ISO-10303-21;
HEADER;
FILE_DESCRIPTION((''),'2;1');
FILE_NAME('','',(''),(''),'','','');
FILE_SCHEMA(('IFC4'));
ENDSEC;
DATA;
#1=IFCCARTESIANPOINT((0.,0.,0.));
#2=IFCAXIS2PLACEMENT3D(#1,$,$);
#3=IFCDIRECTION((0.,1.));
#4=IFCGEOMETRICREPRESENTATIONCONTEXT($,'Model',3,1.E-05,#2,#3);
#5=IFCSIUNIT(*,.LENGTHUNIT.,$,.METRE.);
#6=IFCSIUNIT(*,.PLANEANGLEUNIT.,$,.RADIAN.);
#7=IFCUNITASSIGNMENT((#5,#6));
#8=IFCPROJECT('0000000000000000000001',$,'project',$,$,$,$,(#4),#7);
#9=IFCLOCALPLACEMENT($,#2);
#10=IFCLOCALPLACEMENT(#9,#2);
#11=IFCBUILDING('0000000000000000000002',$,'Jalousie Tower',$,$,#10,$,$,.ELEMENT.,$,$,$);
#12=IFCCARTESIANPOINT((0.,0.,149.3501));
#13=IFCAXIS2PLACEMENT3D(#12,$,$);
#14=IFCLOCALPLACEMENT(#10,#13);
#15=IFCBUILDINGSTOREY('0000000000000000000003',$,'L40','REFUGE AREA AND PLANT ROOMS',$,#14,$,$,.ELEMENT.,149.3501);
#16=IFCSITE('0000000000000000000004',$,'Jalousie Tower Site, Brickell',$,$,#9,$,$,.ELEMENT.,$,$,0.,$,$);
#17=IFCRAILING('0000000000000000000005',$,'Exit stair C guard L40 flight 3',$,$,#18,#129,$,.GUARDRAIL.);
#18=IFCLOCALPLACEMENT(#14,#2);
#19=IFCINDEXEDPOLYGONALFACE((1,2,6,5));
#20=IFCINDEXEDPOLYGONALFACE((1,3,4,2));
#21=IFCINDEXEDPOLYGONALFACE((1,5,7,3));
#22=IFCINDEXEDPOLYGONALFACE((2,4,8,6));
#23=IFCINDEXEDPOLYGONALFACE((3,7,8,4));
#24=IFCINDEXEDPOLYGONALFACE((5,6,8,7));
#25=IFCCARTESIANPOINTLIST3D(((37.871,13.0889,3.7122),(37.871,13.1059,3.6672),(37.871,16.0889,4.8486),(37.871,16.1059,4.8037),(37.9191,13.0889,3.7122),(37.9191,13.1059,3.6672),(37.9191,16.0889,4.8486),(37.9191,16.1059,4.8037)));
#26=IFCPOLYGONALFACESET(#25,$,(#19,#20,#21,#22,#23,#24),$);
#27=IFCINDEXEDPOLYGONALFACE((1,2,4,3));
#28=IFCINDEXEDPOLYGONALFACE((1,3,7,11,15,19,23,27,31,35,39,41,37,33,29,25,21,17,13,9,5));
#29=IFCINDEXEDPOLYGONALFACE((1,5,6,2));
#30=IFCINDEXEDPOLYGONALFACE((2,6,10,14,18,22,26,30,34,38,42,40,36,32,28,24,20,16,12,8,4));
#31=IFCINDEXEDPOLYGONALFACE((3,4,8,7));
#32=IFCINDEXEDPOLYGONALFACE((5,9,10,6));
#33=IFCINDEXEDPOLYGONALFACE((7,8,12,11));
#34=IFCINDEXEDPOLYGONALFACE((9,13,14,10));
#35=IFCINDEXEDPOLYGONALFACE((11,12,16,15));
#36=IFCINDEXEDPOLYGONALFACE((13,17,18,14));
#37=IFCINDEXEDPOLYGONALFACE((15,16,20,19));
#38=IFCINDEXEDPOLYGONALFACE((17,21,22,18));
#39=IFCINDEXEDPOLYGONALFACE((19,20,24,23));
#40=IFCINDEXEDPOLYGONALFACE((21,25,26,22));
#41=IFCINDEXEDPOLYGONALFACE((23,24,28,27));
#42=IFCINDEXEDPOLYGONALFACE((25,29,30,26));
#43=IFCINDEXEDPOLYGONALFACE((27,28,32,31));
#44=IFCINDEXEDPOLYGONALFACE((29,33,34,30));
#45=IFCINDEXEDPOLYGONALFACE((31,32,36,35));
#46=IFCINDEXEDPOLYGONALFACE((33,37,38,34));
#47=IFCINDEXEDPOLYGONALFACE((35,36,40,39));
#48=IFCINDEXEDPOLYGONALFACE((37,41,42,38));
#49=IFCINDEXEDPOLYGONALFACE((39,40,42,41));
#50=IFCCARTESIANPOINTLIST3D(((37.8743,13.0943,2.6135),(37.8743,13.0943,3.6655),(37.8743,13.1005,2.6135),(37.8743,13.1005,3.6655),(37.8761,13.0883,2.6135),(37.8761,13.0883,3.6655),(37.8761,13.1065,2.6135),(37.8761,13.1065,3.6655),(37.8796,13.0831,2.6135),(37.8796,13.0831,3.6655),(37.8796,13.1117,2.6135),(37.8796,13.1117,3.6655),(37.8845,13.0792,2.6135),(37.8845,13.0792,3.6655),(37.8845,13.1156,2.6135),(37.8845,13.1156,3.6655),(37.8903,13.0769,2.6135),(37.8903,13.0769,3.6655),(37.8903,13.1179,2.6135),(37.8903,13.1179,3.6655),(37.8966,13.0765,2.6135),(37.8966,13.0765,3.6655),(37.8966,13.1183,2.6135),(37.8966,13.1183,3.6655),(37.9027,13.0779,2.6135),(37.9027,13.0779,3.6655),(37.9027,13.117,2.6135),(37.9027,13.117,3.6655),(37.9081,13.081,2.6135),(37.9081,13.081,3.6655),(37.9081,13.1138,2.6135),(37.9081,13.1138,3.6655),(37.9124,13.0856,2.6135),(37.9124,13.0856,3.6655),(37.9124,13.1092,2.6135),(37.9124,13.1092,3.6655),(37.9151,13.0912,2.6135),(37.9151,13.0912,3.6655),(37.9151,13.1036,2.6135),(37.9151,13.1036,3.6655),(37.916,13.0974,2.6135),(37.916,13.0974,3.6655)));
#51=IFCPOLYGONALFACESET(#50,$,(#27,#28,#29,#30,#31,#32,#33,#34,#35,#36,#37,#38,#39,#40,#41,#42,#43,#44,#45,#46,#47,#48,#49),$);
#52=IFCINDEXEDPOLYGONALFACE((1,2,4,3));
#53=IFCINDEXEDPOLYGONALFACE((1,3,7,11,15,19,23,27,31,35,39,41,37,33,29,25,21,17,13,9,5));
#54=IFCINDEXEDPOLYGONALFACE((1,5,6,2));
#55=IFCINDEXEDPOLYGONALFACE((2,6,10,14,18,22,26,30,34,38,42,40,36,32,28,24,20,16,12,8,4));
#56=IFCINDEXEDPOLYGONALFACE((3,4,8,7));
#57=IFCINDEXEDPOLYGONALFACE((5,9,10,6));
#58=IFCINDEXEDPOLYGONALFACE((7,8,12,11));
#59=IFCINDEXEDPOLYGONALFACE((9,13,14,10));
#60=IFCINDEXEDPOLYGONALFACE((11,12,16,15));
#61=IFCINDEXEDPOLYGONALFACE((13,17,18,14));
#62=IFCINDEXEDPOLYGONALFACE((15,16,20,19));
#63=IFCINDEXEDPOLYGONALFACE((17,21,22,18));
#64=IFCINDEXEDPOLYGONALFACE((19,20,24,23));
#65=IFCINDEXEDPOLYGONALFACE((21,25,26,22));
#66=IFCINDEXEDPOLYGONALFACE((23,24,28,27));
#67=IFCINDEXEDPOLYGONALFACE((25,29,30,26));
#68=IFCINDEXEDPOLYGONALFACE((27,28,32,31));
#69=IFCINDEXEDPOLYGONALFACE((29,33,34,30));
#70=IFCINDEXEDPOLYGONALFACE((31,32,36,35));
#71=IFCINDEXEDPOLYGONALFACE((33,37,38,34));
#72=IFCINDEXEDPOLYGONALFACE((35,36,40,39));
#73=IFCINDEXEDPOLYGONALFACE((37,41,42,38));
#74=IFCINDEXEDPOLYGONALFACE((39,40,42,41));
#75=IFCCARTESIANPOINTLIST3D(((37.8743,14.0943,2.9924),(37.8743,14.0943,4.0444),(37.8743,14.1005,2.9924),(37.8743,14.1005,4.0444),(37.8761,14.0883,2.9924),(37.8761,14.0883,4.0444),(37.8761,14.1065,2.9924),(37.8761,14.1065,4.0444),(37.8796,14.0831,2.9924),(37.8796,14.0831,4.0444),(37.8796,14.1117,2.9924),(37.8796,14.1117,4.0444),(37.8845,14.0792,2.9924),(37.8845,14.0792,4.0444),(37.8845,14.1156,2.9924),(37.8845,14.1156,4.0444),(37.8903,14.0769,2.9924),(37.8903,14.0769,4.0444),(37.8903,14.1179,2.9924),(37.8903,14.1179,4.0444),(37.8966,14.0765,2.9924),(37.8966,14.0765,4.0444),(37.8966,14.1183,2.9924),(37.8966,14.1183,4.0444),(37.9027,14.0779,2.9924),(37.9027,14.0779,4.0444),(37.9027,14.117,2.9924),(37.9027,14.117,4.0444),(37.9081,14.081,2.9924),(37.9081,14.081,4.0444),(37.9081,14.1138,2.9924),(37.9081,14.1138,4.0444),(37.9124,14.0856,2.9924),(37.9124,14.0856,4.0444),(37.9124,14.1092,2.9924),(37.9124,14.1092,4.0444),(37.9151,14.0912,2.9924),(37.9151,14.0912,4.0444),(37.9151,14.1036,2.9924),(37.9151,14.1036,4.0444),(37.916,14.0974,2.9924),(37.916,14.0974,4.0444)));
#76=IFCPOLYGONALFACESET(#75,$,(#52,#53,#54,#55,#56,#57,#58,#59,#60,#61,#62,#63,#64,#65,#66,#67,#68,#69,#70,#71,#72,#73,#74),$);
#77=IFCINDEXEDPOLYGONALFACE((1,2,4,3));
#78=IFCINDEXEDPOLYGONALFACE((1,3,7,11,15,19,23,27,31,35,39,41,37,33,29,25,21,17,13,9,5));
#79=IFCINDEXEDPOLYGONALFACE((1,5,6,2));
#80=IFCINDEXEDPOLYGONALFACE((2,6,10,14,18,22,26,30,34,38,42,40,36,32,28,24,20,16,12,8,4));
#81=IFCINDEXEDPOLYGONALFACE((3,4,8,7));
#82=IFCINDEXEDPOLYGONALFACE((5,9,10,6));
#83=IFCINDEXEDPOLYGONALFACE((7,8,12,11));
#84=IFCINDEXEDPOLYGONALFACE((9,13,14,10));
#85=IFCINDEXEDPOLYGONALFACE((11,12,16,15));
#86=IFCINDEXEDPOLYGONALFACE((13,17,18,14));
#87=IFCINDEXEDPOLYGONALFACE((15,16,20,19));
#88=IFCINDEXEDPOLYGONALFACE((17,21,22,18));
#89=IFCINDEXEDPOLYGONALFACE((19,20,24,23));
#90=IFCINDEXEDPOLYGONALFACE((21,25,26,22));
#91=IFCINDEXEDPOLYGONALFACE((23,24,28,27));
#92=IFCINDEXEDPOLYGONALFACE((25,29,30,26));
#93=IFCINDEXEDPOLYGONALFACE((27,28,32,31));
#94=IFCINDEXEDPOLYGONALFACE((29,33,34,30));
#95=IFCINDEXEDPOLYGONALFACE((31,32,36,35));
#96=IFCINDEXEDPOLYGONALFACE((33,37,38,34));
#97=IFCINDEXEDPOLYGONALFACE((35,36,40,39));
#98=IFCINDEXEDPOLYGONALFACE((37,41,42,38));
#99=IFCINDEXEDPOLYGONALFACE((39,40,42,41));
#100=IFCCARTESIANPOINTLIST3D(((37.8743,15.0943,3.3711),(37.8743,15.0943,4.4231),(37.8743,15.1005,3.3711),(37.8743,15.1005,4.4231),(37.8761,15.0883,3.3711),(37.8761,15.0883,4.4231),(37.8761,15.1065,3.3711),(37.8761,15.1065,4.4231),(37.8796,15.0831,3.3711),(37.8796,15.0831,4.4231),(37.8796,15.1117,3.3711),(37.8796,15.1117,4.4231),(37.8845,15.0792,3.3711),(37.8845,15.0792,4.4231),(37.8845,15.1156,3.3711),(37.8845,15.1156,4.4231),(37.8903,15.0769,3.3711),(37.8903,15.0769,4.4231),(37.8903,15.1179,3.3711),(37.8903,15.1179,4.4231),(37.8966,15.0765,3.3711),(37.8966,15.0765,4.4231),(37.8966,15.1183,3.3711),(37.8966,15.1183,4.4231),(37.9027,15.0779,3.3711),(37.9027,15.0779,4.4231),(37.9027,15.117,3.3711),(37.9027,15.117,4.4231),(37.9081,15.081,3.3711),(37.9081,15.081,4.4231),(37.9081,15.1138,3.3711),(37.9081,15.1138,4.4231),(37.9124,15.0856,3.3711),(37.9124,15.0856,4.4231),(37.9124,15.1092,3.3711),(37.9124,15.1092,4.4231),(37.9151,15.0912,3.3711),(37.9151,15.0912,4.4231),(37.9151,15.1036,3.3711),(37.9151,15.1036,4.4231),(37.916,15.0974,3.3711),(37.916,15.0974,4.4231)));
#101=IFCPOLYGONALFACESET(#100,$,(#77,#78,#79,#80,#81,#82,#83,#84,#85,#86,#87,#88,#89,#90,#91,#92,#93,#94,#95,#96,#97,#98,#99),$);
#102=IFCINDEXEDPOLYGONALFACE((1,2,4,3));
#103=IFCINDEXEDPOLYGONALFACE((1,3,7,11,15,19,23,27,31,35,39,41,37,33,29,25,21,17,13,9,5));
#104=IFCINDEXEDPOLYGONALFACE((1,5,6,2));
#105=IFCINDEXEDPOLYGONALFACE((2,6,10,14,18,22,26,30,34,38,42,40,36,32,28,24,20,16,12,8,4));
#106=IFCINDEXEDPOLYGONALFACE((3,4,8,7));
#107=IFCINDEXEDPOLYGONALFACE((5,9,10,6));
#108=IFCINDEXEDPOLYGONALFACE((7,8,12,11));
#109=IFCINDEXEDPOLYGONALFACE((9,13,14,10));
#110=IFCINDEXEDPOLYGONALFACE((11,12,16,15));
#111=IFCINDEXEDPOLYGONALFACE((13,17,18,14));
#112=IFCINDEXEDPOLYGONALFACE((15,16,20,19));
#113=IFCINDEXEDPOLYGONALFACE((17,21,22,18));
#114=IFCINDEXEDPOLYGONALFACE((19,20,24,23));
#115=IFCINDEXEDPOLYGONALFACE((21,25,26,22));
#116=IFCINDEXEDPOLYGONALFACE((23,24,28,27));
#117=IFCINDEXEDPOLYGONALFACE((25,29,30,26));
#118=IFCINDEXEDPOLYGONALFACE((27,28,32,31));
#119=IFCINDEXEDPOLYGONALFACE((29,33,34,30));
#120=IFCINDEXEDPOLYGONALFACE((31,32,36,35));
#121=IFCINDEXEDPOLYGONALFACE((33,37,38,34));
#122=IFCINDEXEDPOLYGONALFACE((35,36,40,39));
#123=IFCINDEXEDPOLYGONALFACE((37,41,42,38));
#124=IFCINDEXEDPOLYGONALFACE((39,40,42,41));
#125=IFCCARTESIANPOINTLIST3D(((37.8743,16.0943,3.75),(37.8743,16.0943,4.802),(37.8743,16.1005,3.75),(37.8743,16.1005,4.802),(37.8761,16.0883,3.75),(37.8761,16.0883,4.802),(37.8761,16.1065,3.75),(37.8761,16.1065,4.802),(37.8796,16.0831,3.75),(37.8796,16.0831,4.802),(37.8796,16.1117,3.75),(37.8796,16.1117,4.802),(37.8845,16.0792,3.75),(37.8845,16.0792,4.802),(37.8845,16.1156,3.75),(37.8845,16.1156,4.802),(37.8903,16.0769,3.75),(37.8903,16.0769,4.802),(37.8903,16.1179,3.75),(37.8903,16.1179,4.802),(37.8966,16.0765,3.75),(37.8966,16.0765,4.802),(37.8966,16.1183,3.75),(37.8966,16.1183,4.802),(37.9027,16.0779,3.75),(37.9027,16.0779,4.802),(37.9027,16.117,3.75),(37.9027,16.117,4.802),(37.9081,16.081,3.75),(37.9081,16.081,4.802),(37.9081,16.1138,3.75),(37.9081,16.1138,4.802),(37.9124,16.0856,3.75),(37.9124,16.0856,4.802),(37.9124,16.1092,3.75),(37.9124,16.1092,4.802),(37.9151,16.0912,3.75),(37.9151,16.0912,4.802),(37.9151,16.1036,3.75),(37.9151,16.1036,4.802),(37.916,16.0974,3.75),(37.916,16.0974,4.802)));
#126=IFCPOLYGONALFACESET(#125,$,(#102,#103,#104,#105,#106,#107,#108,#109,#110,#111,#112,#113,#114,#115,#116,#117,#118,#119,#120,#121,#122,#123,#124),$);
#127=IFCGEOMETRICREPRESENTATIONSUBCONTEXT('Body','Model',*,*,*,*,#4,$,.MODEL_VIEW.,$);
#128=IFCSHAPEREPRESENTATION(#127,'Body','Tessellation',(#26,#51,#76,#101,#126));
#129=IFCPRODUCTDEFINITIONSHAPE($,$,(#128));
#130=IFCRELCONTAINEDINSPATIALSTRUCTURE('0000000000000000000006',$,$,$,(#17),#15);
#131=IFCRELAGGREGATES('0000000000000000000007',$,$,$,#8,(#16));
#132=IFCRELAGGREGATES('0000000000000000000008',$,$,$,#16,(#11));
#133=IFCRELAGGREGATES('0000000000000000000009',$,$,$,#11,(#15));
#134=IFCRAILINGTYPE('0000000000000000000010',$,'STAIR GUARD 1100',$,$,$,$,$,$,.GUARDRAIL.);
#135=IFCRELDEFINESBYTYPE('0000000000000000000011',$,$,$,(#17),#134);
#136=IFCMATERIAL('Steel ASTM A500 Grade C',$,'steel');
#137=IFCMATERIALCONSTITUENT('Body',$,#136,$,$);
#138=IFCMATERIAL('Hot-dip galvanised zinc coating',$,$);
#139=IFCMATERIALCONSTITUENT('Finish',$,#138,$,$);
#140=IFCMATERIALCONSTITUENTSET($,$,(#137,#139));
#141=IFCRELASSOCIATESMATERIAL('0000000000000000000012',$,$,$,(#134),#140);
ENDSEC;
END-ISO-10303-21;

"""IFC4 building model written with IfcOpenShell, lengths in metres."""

from ifc_helpers import new_model, si_unit, direction, frame, origin, origin_2d, place, context, subcontext, project, spatial, rectangle, circle, extrude, material, constituent, constituent_set, type_object, element, save


model = new_model("IFC4")

# Units and contexts
model_context = context("Model", 3, precision=1e-05, world=origin(), true_north=direction((0.0, 1.0)))
body_context = subcontext(model_context, "Body", "Model", "MODEL_VIEW")
ifc_project = project(units=[si_unit("LENGTHUNIT", "METRE"), si_unit("PLANEANGLEUNIT", "RADIAN")], contexts=[model_context])

# Site, building, storey
site_placement = place(None, origin())
site = spatial("IfcSite", under=ifc_project, at=site_placement, Name="Jalousie Tower Site, Brickell", CompositionType="ELEMENT", RefElevation=0.0)
building_placement = place(site_placement, origin())
building = spatial("IfcBuilding", under=site, at=building_placement, Name="Jalousie Tower", CompositionType="ELEMENT")
storey_placement = place(building_placement, frame((0.0, 0.0, 149.3501)))
storey = spatial("IfcBuildingStorey", under=building, at=storey_placement, Name="L40", Description="REFUGE AREA AND PLANT ROOMS", CompositionType="ELEMENT", Elevation=149.3501)

# Railing
ifc_material_1 = material(Name="Steel ASTM A500 Grade C", Category="steel")
ifc_constituent_1 = constituent(ifc_material_1, Name="Body")
ifc_material_2 = material(Name="Hot-dip galvanised zinc coating")
ifc_constituent_2 = constituent(ifc_material_2, Name="Finish")
ifc_constituent_set_1 = constituent_set(constituents=[ifc_constituent_1, ifc_constituent_2])
railing_type_1 = type_object("IfcRailingType", Name="STAIR GUARD 1100", PredefinedType="GUARDRAIL", material=ifc_constituent_set_1)
railing_1_placement = place(storey_placement, frame((37.895, 13.0974, 2.6135)))
element("IfcRailing", 1, at=railing_1_placement, inside=storey, type_object=railing_type_1, Name="Exit stair C guard L40 flight 3", PredefinedType="GUARDRAIL", context=body_context, shape_type="SweptSolid", body=[
    extrude(rectangle(XDim=0.0481, YDim=0.0481, at=origin_2d()), frame((0.0, 0.0, 1.0762), z_axis=(0.0, 0.935148, 0.354257), x_axis=(-1.0, 0.0, 0.0)), (0.0, 0.0, 1.0), 3.208),
    extrude(circle(Radius=0.021, at=origin_2d()), origin(), (0.0, 0.0, 1.0), 1.052),
    extrude(circle(Radius=0.021, at=origin_2d()), frame((0.0, 1.0, 0.3789)), (0.0, 0.0, 1.0), 1.052),
    extrude(circle(Radius=0.021, at=origin_2d()), frame((0.0, 2.0, 0.7576)), (0.0, 0.0, 1.0), 1.052),
    extrude(circle(Radius=0.021, at=origin_2d()), frame((0.0, 3.0, 1.1365)), (0.0, 0.0, 1.0), 1.052),
])

save(model, "model.ifc")
